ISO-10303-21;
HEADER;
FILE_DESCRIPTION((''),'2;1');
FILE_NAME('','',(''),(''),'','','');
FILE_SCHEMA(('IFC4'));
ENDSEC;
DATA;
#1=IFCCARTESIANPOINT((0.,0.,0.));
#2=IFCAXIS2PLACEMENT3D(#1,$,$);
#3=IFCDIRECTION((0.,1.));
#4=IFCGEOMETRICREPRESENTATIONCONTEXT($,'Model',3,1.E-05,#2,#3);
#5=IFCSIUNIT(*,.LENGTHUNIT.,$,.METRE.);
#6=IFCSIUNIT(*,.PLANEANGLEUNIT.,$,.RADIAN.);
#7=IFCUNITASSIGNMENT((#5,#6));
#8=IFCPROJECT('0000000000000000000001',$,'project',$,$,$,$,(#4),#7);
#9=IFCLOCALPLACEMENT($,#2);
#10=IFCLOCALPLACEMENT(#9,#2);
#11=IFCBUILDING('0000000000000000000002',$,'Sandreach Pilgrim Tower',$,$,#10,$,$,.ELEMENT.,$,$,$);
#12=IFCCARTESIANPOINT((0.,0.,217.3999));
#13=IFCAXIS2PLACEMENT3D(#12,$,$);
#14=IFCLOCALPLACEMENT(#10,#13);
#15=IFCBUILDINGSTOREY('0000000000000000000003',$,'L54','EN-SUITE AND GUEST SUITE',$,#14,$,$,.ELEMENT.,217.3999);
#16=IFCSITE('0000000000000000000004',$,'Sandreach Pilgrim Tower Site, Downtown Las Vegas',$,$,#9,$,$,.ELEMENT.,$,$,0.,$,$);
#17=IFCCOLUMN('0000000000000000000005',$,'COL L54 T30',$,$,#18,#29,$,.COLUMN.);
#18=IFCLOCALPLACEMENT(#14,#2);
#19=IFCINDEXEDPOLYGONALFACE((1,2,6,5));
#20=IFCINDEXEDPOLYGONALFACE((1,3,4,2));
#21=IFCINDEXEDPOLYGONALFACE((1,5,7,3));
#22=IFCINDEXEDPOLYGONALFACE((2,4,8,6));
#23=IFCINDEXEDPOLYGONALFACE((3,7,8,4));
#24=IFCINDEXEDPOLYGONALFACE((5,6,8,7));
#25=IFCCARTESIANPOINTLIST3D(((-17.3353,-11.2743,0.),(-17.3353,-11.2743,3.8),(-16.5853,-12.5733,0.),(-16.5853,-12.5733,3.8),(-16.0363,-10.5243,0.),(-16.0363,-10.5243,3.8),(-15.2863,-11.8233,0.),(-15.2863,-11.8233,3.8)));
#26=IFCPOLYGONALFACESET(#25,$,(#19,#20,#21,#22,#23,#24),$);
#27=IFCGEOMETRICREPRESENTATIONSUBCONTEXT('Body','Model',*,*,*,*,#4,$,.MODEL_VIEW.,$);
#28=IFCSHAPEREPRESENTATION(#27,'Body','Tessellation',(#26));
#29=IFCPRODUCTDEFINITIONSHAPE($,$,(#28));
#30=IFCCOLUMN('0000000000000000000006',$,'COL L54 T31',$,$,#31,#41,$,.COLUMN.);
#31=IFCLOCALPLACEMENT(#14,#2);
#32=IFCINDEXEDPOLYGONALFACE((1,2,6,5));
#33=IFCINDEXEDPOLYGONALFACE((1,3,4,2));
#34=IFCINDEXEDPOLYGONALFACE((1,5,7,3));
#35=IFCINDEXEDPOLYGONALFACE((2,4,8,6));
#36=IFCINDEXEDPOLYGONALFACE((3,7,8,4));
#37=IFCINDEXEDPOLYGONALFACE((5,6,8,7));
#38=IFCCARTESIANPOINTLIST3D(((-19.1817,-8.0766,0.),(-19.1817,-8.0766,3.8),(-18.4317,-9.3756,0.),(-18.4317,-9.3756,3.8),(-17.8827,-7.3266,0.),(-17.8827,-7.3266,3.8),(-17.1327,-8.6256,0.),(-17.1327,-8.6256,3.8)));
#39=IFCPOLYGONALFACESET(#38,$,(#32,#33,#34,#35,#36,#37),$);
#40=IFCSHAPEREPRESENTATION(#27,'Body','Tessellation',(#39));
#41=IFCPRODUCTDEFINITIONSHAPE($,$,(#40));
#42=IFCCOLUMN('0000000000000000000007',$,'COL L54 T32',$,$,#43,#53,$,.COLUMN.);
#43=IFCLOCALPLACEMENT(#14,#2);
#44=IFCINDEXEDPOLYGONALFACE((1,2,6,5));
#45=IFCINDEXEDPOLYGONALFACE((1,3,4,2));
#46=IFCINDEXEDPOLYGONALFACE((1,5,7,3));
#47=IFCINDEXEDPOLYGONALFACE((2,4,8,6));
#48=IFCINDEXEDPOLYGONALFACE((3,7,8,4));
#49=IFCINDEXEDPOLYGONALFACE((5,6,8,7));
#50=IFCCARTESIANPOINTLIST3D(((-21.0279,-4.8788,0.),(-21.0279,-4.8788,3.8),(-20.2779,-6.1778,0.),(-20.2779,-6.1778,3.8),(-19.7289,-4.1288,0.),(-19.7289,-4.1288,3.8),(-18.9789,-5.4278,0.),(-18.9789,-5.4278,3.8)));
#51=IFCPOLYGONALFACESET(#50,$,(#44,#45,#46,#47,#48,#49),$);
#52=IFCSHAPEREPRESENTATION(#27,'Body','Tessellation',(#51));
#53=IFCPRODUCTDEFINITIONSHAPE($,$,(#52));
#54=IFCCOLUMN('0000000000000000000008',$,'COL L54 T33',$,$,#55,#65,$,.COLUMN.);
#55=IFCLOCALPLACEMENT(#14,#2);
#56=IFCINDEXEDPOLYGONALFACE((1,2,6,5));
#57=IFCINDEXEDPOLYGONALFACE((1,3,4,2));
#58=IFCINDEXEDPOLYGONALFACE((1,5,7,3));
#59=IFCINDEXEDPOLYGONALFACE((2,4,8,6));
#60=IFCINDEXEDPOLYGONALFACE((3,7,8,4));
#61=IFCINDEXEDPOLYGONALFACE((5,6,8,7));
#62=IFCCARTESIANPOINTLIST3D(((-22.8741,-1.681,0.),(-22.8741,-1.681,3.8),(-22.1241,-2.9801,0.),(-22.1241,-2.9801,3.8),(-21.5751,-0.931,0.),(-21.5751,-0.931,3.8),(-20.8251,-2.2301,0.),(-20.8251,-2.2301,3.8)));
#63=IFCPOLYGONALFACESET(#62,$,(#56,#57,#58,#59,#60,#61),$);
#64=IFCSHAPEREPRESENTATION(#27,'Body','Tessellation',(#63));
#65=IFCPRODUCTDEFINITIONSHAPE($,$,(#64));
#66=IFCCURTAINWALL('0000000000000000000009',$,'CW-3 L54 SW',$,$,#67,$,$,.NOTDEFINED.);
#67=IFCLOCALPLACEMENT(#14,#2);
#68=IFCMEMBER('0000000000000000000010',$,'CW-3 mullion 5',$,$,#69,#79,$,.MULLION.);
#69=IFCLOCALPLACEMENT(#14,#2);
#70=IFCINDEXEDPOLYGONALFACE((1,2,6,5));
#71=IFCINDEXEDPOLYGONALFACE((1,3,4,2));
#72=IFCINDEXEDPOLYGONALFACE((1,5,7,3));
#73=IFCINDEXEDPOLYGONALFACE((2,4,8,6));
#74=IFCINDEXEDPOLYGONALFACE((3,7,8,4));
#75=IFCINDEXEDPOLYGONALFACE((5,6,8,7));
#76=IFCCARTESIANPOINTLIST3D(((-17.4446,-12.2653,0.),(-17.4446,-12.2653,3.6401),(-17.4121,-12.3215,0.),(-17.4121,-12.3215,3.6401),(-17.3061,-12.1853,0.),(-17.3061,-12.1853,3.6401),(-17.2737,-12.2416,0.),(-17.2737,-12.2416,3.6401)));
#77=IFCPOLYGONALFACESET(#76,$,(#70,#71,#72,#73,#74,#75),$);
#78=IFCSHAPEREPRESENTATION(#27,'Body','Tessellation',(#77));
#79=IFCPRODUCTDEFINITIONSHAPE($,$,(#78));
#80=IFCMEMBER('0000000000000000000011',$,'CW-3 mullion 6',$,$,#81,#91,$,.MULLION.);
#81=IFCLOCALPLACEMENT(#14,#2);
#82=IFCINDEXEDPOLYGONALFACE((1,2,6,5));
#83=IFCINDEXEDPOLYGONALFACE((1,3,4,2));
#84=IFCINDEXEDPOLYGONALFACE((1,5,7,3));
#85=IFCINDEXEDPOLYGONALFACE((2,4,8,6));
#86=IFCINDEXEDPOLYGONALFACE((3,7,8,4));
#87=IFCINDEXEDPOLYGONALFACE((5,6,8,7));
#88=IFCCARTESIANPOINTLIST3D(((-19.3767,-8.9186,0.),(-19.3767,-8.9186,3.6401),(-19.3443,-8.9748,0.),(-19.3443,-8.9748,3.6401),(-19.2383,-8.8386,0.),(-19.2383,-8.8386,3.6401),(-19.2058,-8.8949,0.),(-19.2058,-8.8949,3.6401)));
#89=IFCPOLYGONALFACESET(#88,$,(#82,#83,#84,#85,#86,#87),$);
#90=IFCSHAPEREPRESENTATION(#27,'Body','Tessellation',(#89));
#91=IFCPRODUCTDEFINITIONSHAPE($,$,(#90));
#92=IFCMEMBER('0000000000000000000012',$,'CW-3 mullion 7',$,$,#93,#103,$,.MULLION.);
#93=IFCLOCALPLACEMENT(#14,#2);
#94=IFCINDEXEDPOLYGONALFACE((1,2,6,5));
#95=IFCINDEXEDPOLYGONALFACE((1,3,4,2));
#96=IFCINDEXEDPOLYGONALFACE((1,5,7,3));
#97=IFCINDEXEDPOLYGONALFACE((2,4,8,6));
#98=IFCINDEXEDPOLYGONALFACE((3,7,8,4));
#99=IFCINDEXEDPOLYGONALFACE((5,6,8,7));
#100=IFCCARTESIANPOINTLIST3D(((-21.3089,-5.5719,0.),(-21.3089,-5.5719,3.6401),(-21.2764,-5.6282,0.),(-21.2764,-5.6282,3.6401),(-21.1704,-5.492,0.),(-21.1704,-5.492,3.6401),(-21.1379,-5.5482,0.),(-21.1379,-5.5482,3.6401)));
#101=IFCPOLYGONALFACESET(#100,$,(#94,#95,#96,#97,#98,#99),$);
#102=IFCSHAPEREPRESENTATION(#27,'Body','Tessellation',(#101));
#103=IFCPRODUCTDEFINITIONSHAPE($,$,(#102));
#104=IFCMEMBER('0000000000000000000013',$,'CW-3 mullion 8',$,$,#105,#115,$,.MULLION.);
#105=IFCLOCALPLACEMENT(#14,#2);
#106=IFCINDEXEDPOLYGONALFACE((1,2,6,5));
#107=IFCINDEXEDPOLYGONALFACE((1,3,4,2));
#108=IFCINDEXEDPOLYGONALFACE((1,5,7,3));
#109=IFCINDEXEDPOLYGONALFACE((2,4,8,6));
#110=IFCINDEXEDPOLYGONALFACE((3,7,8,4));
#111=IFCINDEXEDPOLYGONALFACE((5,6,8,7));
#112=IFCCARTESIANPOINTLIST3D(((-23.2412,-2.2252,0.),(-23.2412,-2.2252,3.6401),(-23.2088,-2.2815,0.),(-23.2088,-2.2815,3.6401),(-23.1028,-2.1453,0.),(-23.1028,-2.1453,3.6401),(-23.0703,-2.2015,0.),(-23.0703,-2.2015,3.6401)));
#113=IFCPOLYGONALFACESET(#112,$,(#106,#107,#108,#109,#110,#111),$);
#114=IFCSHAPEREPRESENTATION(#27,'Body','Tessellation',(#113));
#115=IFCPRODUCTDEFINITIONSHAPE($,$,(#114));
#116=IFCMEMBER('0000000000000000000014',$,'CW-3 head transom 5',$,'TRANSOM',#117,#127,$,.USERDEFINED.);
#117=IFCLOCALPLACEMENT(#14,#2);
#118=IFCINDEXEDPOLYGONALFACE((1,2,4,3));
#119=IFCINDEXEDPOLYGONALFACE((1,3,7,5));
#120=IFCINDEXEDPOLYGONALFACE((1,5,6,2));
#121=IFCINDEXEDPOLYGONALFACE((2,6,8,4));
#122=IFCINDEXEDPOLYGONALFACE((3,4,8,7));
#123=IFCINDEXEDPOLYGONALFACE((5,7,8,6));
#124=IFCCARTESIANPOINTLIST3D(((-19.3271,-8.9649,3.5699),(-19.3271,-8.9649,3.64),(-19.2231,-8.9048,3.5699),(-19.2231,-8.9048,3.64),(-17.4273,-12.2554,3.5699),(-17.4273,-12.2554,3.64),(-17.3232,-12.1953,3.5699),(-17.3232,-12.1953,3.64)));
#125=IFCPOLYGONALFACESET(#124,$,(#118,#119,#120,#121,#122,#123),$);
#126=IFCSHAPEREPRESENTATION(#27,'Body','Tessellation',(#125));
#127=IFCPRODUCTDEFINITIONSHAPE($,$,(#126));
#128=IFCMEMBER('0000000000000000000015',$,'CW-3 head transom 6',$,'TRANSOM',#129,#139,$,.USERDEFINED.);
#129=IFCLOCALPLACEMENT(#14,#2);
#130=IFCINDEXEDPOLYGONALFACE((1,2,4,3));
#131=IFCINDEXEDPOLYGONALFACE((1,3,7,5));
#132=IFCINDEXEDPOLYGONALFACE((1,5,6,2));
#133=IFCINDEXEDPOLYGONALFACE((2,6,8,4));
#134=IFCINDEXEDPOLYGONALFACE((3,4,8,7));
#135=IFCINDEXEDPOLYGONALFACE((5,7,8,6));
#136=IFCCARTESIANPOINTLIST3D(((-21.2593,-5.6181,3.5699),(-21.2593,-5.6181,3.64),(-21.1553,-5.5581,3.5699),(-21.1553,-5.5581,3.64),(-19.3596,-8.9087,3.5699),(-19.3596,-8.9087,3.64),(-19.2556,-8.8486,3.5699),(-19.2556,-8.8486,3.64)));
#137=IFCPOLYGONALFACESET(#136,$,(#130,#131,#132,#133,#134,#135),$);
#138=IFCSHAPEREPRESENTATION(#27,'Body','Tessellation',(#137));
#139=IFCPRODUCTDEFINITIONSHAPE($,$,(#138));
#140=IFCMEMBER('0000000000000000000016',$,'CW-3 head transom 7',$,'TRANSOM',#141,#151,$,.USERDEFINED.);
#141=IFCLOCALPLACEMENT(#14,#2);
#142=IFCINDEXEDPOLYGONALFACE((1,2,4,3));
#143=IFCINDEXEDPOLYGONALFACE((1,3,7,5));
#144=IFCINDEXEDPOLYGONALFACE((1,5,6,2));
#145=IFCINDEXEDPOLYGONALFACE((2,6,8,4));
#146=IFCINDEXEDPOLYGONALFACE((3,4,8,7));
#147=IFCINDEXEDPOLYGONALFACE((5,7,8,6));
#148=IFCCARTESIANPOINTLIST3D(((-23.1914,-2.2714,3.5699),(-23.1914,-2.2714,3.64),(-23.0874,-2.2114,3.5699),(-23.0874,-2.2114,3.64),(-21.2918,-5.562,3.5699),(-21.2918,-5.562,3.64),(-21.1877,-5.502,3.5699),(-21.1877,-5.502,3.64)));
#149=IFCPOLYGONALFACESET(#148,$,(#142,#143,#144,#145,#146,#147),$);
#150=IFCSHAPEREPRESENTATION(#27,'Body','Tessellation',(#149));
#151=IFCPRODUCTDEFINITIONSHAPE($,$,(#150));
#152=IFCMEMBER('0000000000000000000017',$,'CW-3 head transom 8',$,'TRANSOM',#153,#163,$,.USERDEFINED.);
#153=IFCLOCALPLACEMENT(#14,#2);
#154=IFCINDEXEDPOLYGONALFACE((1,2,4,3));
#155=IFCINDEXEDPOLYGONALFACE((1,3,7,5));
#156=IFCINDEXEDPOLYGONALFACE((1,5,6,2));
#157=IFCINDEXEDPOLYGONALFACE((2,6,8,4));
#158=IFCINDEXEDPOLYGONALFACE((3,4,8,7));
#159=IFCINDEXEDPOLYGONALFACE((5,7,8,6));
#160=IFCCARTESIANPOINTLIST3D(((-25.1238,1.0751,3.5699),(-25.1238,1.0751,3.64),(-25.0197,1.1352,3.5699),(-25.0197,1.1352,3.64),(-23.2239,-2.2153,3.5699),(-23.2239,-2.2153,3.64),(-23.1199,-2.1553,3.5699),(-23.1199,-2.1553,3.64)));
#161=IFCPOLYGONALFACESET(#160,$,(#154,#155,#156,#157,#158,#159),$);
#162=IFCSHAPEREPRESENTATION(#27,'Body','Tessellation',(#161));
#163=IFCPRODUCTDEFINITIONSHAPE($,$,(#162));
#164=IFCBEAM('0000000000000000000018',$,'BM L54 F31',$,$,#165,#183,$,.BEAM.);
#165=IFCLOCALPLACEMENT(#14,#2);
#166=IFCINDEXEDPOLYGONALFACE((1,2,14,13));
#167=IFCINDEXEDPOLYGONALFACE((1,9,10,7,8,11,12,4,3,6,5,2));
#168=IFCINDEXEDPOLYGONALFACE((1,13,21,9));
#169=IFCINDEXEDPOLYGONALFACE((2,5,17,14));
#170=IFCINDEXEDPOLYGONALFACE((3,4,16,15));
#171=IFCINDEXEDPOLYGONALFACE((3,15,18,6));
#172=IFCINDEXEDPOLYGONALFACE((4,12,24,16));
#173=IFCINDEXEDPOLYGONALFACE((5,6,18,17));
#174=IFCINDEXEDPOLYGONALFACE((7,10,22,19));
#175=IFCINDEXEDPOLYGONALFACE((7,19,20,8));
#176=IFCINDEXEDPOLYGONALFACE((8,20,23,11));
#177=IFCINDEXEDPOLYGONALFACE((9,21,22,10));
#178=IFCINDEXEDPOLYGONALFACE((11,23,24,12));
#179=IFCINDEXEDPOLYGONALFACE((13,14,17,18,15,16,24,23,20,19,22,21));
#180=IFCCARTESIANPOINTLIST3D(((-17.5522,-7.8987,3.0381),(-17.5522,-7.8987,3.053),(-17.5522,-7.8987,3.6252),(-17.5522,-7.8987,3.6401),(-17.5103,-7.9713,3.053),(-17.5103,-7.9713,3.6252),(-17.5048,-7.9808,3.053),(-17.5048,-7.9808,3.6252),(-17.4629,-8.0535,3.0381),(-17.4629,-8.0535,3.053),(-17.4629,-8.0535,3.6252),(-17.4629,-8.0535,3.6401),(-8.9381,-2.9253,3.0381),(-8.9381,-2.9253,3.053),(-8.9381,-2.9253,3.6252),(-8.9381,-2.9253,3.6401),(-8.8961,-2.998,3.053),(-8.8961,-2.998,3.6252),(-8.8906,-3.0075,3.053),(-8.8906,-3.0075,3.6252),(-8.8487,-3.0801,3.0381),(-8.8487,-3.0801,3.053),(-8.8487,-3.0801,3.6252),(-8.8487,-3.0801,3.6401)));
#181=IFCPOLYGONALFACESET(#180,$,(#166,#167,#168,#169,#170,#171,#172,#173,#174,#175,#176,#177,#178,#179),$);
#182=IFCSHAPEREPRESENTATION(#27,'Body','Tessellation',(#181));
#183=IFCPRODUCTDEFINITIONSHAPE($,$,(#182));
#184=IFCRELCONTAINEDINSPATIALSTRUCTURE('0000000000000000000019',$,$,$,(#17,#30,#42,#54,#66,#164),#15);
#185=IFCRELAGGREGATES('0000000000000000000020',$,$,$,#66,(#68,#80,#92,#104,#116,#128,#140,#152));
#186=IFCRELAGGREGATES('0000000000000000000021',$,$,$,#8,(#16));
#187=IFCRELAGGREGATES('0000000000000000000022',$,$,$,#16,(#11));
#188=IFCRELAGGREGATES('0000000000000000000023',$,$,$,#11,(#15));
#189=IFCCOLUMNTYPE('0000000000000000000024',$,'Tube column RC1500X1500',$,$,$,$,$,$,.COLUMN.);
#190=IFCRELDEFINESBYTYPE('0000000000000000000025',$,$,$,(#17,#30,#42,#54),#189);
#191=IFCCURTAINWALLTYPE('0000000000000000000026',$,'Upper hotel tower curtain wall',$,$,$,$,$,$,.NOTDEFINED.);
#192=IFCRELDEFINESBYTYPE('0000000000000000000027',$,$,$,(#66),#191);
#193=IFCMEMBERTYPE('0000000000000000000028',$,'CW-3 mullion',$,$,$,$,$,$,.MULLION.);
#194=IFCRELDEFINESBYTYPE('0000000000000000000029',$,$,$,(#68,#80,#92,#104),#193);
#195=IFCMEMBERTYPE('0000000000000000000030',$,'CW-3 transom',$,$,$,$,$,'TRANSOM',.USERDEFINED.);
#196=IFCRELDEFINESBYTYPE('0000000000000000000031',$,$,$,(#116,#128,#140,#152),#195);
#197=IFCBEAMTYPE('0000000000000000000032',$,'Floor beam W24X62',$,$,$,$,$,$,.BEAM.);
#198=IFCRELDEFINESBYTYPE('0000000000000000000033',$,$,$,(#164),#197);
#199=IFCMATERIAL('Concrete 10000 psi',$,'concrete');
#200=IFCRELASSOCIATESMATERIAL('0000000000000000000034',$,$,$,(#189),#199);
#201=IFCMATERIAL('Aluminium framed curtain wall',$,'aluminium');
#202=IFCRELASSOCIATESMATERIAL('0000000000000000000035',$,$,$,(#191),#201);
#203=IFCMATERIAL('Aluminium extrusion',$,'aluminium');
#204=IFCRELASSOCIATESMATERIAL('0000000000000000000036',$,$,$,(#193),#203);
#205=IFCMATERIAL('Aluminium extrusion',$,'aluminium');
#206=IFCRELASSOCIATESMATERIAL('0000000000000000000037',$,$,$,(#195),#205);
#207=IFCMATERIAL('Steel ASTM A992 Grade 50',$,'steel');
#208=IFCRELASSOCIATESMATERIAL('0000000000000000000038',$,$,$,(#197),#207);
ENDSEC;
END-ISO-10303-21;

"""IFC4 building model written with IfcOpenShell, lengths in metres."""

from ifc_helpers import new_model, si_unit, direction, frame, origin, origin_2d, place, context, subcontext, project, spatial, rectangle, i_section, extrude, material, material_profile, profile_set, type_object, element, aggregate, save


model = new_model("IFC4")

# Units and contexts
model_context = context("Model", 3, precision=1e-05, world=origin(), true_north=direction((0.0, 1.0)))
body_context = subcontext(model_context, "Body", "Model", "MODEL_VIEW")
ifc_project = project(units=[si_unit("LENGTHUNIT", "METRE"), si_unit("PLANEANGLEUNIT", "RADIAN")], contexts=[model_context])

# Site, building, storey
site_placement = place(None, origin())
site = spatial("IfcSite", under=ifc_project, at=site_placement, Name="Sandreach Pilgrim Tower Site, Downtown Las Vegas", CompositionType="ELEMENT", RefElevation=0.0)
building_placement = place(site_placement, origin())
building = spatial("IfcBuilding", under=site, at=building_placement, Name="Sandreach Pilgrim Tower", CompositionType="ELEMENT")
storey_placement = place(building_placement, frame((0.0, 0.0, 217.3999)))
storey = spatial("IfcBuildingStorey", under=building, at=storey_placement, Name="L54", Description="EN-SUITE AND GUEST SUITE", CompositionType="ELEMENT", Elevation=217.3999)

# Columns
ifc_material_1 = material(Name="Concrete 10000 psi", Category="concrete")
ifc_material_profile_1 = material_profile(ifc_material_1, rectangle(XDim=1.5, YDim=1.5, at=origin_2d()), Name="RC1500X1500")
ifc_profile_set_1 = profile_set([ifc_material_profile_1], Name="Concrete 10000 psi")
column_type = type_object("IfcColumnType", Name="Tube column RC1500X1500", PredefinedType="COLUMN", material=ifc_profile_set_1)
for number, where, z_axis, x_axis, name in (
    (1, (-16.3108, -11.5488, 0.0), (0.0, 0.0, 1.0), (-0.866025, -0.5, 0.0), "COL L54 T30"),
    (2, (-18.1572, -8.3511, 0.0), (0.0, 0.0, 1.0), (-0.866025, -0.5, 0.0), "COL L54 T31"),
    (3, (-20.0034, -5.1533, 0.0), (0.0, 0.0, 1.0), (-0.866025, -0.5, 0.0), "COL L54 T32"),
    (4, (-21.8496, -1.9556, 0.0), (0.0, 0.0, 1.0), (-0.866025, -0.5, 0.0), "COL L54 T33"),
):
    element("IfcColumn", number, at=place(storey_placement, frame(where, z_axis=z_axis, x_axis=x_axis)), inside=storey, type_object=column_type, Name=name, PredefinedType="COLUMN", context=body_context, shape_type="SweptSolid", body=[
        extrude(rectangle(XDim=1.5, YDim=1.5, at=origin_2d()), origin(), (0.0, 0.0, 1.0), 3.8),
    ])

# Curtain wall, members
ifc_material_2 = material(Name="Aluminium framed curtain wall", Category="aluminium")
curtain_wall_type = type_object("IfcCurtainWallType", Name="Upper hotel tower curtain wall", PredefinedType="NOTDEFINED", material=ifc_material_2)
curtain_wall_placement = place(storey_placement, origin())
curtain_wall = element("IfcCurtainWall", 5, at=curtain_wall_placement, inside=storey, type_object=curtain_wall_type, Name="CW-3 L54 SW", PredefinedType="NOTDEFINED")
ifc_material_3 = material(Name="Aluminium extrusion", Category="aluminium")
ifc_material_profile_2 = material_profile(ifc_material_3, rectangle(XDim=0.0649, YDim=0.1599, at=origin_2d()), Name="CW-3M 65X160")
ifc_profile_set_2 = profile_set([ifc_material_profile_2], Name="Aluminium extrusion")
member_type_1 = type_object("IfcMemberType", Name="CW-3 mullion", PredefinedType="MULLION", material=ifc_profile_set_2)
member_1_placement = place(storey_placement, frame((-17.3591, -12.2534, 0.0), z_axis=(0.0, 0.0, 1.0), x_axis=(-0.5, 0.866025, 0.0)))
member_1 = element("IfcMember", 6, at=member_1_placement, type_object=member_type_1, Name="CW-3 mullion 5", PredefinedType="MULLION", context=body_context, shape_type="SweptSolid", body=[
    extrude(rectangle(XDim=0.0649, YDim=0.1599, at=origin_2d()), origin(), (0.0, 0.0, 1.0), 3.6401),
])
member_2_placement = place(storey_placement, frame((-19.2913, -8.9067, 0.0), z_axis=(0.0, 0.0, 1.0), x_axis=(-0.5, 0.866025, 0.0)))
member_2 = element("IfcMember", 7, at=member_2_placement, type_object=member_type_1, Name="CW-3 mullion 6", PredefinedType="MULLION", context=body_context, shape_type="SweptSolid", body=[
    extrude(rectangle(XDim=0.0649, YDim=0.1599, at=origin_2d()), origin(), (0.0, 0.0, 1.0), 3.6401),
])
member_3_placement = place(storey_placement, frame((-21.2234, -5.5601, 0.0), z_axis=(0.0, 0.0, 1.0), x_axis=(-0.5, 0.866025, 0.0)))
member_3 = element("IfcMember", 8, at=member_3_placement, type_object=member_type_1, Name="CW-3 mullion 7", PredefinedType="MULLION", context=body_context, shape_type="SweptSolid", body=[
    extrude(rectangle(XDim=0.0649, YDim=0.1599, at=origin_2d()), origin(), (0.0, 0.0, 1.0), 3.6401),
])
member_4_placement = place(storey_placement, frame((-23.1558, -2.2134, 0.0), z_axis=(0.0, 0.0, 1.0), x_axis=(-0.5, 0.866025, 0.0)))
member_4 = element("IfcMember", 9, at=member_4_placement, type_object=member_type_1, Name="CW-3 mullion 8", PredefinedType="MULLION", context=body_context, shape_type="SweptSolid", body=[
    extrude(rectangle(XDim=0.0649, YDim=0.1599, at=origin_2d()), origin(), (0.0, 0.0, 1.0), 3.6401),
])
ifc_material_4 = material(Name="Aluminium extrusion", Category="aluminium")
ifc_material_profile_3 = material_profile(ifc_material_4, rectangle(XDim=0.1201, YDim=0.0701, at=origin_2d()), Name="CW-3T 120X70")
ifc_profile_set_3 = profile_set([ifc_material_profile_3], Name="Aluminium extrusion")
member_type_2 = type_object("IfcMemberType", Name="CW-3 transom", ElementType="TRANSOM", PredefinedType="USERDEFINED", material=ifc_profile_set_3)
member_5_placement = place(storey_placement, frame((-17.3752, -12.2253, 3.605), z_axis=(-0.500023, 0.866012, 0.0), x_axis=(-0.866012, -0.500023, 0.0)))
member_5 = element("IfcMember", 10, at=member_5_placement, type_object=member_type_2, Name="CW-3 head transom 5", ObjectType="TRANSOM", PredefinedType="USERDEFINED", context=body_context, shape_type="SweptSolid", body=[
    extrude(rectangle(XDim=0.1201, YDim=0.0701, at=origin_2d()), origin(), (0.0, 0.0, 1.0), 3.7996),
])
member_6_placement = place(storey_placement, frame((-19.3076, -8.8787, 3.605), z_axis=(-0.499975, 0.86604, 0.0), x_axis=(-0.86604, -0.499975, 0.0)))
member_6 = element("IfcMember", 11, at=member_6_placement, type_object=member_type_2, Name="CW-3 head transom 6", ObjectType="TRANSOM", PredefinedType="USERDEFINED", context=body_context, shape_type="SweptSolid", body=[
    extrude(rectangle(XDim=0.1201, YDim=0.0701, at=origin_2d()), origin(), (0.0, 0.0, 1.0), 3.7996),
])
member_7_placement = place(storey_placement, frame((-21.2397, -5.532, 3.605), z_axis=(-0.499975, 0.86604, 0.0), x_axis=(-0.86604, -0.499975, 0.0)))
member_7 = element("IfcMember", 12, at=member_7_placement, type_object=member_type_2, Name="CW-3 head transom 7", ObjectType="TRANSOM", PredefinedType="USERDEFINED", context=body_context, shape_type="SweptSolid", body=[
    extrude(rectangle(XDim=0.1201, YDim=0.0701, at=origin_2d()), origin(), (0.0, 0.0, 1.0), 3.7996),
])
member_8_placement = place(storey_placement, frame((-23.1719, -2.1853, 3.605), z_axis=(-0.500023, 0.866012, 0.0), x_axis=(-0.866012, -0.500023, 0.0)))
member_8 = element("IfcMember", 13, at=member_8_placement, type_object=member_type_2, Name="CW-3 head transom 8", ObjectType="TRANSOM", PredefinedType="USERDEFINED", context=body_context, shape_type="SweptSolid", body=[
    extrude(rectangle(XDim=0.1201, YDim=0.0701, at=origin_2d()), origin(), (0.0, 0.0, 1.0), 3.7996),
])

# Beam
ifc_material_5 = material(Name="Steel ASTM A992 Grade 50", Category="steel")
ifc_material_profile_4 = material_profile(ifc_material_5, i_section(OverallWidth=0.1787, OverallDepth=0.6021, WebThickness=0.011, FlangeThickness=0.0149, at=origin_2d()), Name="W24X62")
ifc_profile_set_4 = profile_set([ifc_material_profile_4], Name="Steel ASTM A992 Grade 50")
beam_type_1 = type_object("IfcBeamType", Name="Floor beam W24X62", PredefinedType="BEAM", material=ifc_profile_set_4)
beam_1_placement = place(storey_placement, frame((-17.5076, -7.9761, 3.3391), z_axis=(0.866028, 0.499996, 0.0), x_axis=(-0.499996, 0.866028, 0.0)))
element("IfcBeam", 14, at=beam_1_placement, inside=storey, type_object=beam_type_1, Name="BM L54 F31", PredefinedType="BEAM", context=body_context, shape_type="SweptSolid", body=[
    extrude(i_section(OverallWidth=0.1787, OverallDepth=0.6021, WebThickness=0.011, FlangeThickness=0.0149, at=origin_2d()), origin(), (0.0, 0.0, 1.0), 9.9468),
])

aggregate(curtain_wall, [member_1, member_2, member_3, member_4, member_5, member_6, member_7, member_8])

save(model, "model.ifc")
